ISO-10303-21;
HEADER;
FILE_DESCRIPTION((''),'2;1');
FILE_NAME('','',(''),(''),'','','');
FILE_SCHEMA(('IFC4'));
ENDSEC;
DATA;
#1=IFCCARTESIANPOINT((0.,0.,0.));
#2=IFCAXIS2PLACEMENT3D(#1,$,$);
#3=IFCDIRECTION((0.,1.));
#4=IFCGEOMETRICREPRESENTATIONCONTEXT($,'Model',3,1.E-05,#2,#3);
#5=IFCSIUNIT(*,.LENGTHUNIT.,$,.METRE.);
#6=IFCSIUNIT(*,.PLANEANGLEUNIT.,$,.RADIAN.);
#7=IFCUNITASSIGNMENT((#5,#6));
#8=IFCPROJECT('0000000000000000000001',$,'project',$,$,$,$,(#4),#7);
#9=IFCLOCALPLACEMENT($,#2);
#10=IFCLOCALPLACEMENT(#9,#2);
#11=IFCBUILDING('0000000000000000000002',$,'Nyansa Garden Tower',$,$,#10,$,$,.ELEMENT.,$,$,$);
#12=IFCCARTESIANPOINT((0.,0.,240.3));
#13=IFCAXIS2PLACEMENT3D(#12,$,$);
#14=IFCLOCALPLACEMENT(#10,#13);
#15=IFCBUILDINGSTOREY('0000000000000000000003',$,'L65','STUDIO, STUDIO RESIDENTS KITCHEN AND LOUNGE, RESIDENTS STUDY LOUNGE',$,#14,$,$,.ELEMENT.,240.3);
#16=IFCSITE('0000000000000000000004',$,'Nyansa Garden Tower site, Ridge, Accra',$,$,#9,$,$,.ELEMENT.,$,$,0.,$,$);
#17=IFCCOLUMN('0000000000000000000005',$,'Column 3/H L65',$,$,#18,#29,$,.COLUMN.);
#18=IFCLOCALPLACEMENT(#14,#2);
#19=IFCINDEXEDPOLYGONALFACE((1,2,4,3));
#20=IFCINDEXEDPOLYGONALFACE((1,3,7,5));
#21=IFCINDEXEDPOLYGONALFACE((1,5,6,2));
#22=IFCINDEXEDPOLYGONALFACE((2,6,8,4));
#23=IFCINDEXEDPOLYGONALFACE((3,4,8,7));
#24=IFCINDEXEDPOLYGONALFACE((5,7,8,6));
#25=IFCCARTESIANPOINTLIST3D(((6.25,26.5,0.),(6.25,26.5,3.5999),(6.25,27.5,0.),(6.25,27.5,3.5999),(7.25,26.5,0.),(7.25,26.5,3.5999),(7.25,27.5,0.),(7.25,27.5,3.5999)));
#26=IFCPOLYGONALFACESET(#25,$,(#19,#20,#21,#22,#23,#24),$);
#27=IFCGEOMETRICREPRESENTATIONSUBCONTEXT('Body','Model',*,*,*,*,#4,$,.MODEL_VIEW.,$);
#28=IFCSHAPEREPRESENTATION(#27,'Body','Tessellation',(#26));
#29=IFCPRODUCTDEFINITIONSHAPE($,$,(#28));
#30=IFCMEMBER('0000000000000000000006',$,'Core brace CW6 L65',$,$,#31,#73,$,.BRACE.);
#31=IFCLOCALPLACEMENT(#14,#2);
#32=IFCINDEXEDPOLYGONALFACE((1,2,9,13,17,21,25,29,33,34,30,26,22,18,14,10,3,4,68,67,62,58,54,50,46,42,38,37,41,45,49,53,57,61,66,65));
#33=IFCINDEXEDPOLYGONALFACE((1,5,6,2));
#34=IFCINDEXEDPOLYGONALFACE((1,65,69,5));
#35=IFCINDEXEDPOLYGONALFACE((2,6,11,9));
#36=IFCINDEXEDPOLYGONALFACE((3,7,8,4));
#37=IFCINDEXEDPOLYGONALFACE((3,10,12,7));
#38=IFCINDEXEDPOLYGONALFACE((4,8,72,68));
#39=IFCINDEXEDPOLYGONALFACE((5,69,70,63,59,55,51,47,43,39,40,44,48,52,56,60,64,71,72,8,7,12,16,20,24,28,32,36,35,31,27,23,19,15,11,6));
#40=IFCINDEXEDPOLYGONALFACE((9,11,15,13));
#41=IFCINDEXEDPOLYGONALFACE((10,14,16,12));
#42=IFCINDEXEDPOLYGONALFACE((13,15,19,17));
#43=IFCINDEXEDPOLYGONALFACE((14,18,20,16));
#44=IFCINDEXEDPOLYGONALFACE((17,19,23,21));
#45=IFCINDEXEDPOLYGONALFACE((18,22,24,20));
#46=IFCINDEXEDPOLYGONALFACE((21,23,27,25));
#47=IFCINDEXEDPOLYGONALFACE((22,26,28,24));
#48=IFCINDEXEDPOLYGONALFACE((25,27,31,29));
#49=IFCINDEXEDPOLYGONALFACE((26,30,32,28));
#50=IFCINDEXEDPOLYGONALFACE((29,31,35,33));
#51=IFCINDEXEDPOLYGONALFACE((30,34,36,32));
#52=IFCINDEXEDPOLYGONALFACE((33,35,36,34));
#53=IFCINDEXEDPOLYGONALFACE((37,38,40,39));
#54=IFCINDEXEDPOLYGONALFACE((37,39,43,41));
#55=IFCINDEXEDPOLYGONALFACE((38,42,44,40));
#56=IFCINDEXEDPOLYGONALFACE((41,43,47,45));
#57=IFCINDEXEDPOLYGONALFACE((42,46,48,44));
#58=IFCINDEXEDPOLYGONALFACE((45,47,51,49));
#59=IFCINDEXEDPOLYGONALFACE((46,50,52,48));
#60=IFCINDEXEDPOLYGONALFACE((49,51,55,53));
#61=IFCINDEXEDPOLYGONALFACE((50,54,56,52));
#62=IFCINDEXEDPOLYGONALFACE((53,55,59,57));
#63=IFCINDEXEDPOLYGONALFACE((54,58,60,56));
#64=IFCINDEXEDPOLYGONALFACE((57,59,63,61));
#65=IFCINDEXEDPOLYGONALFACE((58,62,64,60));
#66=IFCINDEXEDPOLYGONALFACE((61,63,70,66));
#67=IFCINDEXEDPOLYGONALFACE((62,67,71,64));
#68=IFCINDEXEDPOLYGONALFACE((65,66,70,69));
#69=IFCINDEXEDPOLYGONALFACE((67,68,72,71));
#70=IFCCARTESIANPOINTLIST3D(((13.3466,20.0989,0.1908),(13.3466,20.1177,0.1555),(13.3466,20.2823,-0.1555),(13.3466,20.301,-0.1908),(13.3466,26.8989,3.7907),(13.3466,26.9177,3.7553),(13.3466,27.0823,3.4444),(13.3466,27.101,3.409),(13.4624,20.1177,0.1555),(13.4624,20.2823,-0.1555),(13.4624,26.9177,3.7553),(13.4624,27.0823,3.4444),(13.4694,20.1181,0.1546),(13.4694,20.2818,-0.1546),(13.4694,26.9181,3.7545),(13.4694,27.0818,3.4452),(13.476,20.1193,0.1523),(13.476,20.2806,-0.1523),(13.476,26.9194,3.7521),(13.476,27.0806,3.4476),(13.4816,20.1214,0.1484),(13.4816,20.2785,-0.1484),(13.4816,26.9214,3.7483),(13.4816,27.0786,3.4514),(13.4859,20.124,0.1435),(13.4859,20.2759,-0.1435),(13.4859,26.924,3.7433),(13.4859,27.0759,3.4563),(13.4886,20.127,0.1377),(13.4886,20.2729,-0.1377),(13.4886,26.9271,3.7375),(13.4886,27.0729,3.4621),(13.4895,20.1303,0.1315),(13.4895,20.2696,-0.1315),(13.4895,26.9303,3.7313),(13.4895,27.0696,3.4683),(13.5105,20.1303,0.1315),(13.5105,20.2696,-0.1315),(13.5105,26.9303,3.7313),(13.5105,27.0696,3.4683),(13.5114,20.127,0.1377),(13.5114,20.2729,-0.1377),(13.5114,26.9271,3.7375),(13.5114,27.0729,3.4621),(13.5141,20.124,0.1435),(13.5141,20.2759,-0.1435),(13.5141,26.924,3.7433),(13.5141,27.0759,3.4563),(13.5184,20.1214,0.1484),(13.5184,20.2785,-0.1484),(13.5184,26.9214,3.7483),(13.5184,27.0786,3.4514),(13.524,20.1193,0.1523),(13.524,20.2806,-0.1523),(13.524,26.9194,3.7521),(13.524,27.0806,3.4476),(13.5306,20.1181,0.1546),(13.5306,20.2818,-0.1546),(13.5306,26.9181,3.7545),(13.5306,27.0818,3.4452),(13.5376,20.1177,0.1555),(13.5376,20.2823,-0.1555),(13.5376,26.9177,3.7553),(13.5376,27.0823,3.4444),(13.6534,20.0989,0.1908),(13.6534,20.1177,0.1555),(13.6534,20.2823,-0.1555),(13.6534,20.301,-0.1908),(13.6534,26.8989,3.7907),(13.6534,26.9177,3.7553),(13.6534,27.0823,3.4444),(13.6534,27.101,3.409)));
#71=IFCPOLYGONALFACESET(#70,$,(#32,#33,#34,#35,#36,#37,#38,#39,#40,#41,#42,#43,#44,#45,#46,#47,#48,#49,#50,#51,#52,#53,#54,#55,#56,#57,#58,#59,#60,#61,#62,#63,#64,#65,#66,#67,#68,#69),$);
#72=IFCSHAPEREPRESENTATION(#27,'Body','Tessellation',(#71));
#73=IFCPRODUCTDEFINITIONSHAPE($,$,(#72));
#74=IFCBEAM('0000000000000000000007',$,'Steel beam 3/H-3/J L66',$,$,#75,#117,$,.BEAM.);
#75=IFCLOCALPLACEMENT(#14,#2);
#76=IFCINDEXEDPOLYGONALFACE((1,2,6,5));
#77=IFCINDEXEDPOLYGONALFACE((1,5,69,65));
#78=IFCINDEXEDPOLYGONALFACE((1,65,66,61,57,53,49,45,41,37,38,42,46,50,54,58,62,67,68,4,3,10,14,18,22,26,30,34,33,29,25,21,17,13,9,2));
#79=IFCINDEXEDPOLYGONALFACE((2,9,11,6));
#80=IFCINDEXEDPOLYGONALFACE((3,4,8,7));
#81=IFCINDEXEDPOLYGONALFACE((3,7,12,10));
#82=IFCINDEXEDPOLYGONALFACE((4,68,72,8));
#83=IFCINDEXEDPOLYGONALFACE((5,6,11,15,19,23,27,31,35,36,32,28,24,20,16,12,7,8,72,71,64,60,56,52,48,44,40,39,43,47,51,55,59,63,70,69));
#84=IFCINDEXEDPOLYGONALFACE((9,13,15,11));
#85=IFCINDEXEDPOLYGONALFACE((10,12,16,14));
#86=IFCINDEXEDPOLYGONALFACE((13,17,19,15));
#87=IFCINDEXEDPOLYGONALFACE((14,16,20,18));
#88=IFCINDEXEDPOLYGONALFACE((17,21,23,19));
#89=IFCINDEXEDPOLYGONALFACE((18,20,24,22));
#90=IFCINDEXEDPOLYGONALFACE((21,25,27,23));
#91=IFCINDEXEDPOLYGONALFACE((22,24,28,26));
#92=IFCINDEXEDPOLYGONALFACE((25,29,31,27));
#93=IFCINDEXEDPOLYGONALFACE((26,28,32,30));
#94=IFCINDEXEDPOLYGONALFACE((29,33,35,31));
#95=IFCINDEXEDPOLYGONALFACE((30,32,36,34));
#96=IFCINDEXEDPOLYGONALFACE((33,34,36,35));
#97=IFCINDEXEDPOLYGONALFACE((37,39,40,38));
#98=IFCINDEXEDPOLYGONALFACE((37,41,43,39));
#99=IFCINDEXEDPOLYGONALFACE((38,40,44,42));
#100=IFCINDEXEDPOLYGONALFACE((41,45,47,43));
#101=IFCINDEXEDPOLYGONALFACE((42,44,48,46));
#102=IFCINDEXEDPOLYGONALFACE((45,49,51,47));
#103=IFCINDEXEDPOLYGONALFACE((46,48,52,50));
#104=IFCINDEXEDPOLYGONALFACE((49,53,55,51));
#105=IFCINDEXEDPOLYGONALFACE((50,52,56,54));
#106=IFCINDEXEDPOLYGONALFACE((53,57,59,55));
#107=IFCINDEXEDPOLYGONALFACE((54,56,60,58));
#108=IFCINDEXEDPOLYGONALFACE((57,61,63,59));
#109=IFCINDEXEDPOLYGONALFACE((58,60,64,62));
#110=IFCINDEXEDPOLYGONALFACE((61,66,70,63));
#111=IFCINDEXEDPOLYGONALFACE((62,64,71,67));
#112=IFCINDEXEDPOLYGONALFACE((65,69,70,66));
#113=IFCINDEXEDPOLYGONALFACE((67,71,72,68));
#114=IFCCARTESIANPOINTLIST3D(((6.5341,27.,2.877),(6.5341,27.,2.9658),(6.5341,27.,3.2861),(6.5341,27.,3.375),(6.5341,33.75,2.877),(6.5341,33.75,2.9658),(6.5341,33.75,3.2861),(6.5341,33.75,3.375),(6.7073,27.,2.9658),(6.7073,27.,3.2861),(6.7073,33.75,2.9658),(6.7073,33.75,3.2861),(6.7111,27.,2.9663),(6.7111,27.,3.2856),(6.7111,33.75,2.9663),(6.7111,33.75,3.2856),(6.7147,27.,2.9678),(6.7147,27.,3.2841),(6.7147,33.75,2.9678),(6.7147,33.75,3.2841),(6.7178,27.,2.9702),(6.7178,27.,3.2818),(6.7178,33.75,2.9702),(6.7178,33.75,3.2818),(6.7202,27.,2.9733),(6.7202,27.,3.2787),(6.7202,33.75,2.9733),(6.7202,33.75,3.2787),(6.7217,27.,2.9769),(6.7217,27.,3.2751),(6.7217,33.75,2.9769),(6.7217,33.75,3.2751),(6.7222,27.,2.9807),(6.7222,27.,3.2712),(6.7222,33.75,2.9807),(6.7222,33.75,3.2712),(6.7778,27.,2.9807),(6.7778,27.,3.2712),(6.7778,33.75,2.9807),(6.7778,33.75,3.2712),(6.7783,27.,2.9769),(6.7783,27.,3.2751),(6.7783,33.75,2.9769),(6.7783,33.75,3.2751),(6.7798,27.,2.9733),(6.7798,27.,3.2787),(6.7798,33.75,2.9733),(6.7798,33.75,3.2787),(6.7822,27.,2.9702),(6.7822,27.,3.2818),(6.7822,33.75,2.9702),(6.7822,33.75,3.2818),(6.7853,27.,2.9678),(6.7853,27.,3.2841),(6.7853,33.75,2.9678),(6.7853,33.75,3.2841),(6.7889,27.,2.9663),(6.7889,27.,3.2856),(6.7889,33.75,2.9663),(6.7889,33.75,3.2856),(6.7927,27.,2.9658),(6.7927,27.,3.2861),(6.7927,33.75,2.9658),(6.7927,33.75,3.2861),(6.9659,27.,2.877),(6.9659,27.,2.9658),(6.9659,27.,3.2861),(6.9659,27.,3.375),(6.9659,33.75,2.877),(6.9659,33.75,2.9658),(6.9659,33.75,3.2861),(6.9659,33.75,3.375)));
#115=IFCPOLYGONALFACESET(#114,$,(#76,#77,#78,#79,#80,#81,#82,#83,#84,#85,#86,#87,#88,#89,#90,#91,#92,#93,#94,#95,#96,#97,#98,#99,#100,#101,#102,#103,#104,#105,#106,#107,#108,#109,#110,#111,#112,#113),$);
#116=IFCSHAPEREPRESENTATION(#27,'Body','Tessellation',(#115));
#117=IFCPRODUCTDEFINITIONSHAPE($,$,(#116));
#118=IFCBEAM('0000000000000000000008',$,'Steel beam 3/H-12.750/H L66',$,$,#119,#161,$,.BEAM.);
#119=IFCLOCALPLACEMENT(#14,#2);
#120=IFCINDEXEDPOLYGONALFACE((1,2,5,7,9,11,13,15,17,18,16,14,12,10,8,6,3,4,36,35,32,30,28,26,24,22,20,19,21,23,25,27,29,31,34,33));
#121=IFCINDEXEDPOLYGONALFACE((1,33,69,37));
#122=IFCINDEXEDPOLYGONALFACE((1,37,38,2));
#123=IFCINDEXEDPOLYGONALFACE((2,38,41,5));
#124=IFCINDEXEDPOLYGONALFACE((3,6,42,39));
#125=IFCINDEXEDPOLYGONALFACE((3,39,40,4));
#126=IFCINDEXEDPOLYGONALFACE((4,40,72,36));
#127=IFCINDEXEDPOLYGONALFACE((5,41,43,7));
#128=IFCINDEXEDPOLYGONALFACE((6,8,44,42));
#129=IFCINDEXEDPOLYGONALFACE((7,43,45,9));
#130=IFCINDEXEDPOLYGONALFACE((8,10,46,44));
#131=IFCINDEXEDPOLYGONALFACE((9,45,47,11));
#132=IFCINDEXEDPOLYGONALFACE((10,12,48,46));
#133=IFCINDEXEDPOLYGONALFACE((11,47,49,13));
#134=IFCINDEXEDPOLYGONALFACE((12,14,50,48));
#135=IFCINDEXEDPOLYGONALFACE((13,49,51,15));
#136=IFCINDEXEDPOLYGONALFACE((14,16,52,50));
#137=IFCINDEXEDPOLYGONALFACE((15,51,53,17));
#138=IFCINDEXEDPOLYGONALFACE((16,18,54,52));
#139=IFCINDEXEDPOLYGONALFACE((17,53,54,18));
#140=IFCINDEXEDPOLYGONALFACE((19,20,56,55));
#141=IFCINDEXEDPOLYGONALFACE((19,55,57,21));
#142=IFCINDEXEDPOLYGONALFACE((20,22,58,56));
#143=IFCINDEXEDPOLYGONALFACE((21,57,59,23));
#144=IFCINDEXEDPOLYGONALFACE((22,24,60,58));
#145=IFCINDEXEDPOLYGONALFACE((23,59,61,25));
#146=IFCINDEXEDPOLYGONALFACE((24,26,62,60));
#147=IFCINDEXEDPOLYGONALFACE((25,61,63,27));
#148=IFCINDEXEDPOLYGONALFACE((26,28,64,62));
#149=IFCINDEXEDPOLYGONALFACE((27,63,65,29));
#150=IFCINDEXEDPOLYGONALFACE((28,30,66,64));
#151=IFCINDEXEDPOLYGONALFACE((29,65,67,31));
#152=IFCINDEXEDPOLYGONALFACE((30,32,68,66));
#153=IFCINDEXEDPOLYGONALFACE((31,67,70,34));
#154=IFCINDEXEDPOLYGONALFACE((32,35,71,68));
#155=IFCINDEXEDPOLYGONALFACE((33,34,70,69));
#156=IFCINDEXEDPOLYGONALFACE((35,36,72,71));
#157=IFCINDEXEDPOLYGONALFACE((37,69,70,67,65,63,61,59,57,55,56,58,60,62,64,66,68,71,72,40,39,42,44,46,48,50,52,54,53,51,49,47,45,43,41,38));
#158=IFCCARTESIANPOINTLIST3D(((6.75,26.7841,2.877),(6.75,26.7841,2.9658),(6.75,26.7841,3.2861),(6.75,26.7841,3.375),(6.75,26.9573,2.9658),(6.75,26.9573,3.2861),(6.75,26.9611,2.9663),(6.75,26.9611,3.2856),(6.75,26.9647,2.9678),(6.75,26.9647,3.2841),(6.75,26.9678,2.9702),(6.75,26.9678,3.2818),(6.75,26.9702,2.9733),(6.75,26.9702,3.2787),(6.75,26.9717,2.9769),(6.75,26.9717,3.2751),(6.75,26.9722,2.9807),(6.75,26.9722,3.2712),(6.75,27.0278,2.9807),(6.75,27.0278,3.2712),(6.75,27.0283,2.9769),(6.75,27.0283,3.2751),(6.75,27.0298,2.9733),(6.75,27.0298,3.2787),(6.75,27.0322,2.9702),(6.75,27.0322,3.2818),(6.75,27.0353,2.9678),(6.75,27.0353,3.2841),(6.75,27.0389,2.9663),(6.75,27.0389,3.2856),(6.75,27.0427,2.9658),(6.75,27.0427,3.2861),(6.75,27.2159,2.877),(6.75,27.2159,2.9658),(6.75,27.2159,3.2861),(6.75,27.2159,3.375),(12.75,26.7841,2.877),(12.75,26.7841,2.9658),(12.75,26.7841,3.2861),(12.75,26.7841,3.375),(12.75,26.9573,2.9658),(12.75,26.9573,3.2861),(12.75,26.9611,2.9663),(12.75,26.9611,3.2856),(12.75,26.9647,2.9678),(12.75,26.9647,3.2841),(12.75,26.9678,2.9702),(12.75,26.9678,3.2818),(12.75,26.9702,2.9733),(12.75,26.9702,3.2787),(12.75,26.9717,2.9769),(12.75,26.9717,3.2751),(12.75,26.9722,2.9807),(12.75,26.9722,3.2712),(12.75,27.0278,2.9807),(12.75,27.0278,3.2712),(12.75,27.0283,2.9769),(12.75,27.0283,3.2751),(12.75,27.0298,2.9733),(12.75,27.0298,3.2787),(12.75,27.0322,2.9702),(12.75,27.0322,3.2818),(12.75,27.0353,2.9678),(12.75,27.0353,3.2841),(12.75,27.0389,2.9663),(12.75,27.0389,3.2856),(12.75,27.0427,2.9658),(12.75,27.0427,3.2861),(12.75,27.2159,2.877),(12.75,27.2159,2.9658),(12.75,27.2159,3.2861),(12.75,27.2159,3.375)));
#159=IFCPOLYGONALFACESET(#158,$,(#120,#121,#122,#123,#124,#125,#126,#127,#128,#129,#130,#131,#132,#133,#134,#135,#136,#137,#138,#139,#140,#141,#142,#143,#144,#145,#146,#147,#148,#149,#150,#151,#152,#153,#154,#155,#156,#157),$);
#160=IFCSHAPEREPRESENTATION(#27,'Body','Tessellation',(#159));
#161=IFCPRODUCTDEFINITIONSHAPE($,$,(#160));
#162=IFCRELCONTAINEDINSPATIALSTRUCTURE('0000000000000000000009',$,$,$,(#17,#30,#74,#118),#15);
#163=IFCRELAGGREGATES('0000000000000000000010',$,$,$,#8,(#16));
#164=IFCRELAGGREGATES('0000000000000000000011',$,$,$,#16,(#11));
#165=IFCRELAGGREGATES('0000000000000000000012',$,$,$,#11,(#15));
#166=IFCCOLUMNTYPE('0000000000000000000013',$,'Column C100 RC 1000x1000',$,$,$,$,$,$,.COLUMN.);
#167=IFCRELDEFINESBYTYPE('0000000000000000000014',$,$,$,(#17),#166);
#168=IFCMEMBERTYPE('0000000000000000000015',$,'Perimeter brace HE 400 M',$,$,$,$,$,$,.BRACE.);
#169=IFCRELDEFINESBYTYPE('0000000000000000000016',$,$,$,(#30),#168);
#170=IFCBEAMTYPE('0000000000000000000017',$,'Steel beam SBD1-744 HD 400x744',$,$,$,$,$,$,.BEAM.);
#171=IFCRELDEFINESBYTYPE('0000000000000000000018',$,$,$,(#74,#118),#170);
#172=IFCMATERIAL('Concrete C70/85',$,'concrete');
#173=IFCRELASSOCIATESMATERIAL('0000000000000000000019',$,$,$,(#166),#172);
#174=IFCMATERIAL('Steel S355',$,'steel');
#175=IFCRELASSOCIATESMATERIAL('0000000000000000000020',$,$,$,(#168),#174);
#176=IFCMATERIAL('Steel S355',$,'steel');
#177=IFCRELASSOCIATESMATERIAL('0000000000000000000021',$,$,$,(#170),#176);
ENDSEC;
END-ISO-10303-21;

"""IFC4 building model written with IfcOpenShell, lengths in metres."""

from ifc_helpers import new_model, si_unit, direction, frame, origin, origin_2d, place, context, subcontext, project, spatial, rectangle, i_section, extrude, material, material_profile, profile_set, type_object, element, save


model = new_model("IFC4")

# Units and contexts
model_context = context("Model", 3, precision=1e-05, world=origin(), true_north=direction((0.0, 1.0)))
body_context = subcontext(model_context, "Body", "Model", "MODEL_VIEW")
ifc_project = project(units=[si_unit("LENGTHUNIT", "METRE"), si_unit("PLANEANGLEUNIT", "RADIAN")], contexts=[model_context])

# Site, building, storey
site_placement = place(None, origin())
site = spatial("IfcSite", under=ifc_project, at=site_placement, Name="Nyansa Garden Tower site, Ridge, Accra", CompositionType="ELEMENT", RefElevation=0.0)
building_placement = place(site_placement, origin())
building = spatial("IfcBuilding", under=site, at=building_placement, Name="Nyansa Garden Tower", CompositionType="ELEMENT")
storey_placement = place(building_placement, frame((0.0, 0.0, 240.3)))
storey = spatial("IfcBuildingStorey", under=building, at=storey_placement, Name="L65", Description="STUDIO, STUDIO RESIDENTS KITCHEN AND LOUNGE, RESIDENTS STUDY LOUNGE", CompositionType="ELEMENT", Elevation=240.3)

# Column
ifc_material_1 = material(Name="Concrete C70/85", Category="concrete")
ifc_material_profile_1 = material_profile(ifc_material_1, rectangle(XDim=1.0, YDim=1.0, at=origin_2d()), Name="RC 1000x1000")
ifc_profile_set_1 = profile_set([ifc_material_profile_1], Name="Concrete C70/85")
column_type = type_object("IfcColumnType", Name="Column C100 RC 1000x1000", PredefinedType="COLUMN", material=ifc_profile_set_1)
column_placement = place(storey_placement, frame((6.75, 27.0, 0.0), z_axis=(0.0, 0.0, 1.0), x_axis=(1.0, 0.0, 0.0)))
element("IfcColumn", 1, at=column_placement, inside=storey, type_object=column_type, Name="Column 3/H L65", PredefinedType="COLUMN", context=body_context, shape_type="SweptSolid", body=[
    extrude(rectangle(XDim=1.0, YDim=1.0, at=origin_2d()), origin(), (0.0, 0.0, 1.0), 3.5999),
])

# Member
ifc_material_2 = material(Name="Steel S355", Category="steel")
ifc_material_profile_2 = material_profile(ifc_material_2, i_section(OverallWidth=0.3069, OverallDepth=0.4319, WebThickness=0.021, FlangeThickness=0.04, FilletRadius=0.0271, at=origin_2d()), Name="HE 400 M")
ifc_profile_set_2 = profile_set([ifc_material_profile_2], Name="Steel S355")
member_type = type_object("IfcMemberType", Name="Perimeter brace HE 400 M", PredefinedType="BRACE", material=ifc_profile_set_2)
member_placement = place(storey_placement, frame((13.5, 20.2, 0.0), z_axis=(0.0, 0.883797, 0.46787), x_axis=(-1.0, 0.0, 0.0)))
element("IfcMember", 2, at=member_placement, inside=storey, type_object=member_type, Name="Core brace CW6 L65", PredefinedType="BRACE", context=body_context, shape_type="SweptSolid", body=[
    extrude(i_section(OverallWidth=0.3069, OverallDepth=0.4319, WebThickness=0.021, FlangeThickness=0.04, FilletRadius=0.0271, at=origin_2d()), origin(), (0.0, 0.0, 1.0), 7.6941),
])

# Beams
ifc_material_3 = material(Name="Steel S355", Category="steel")
ifc_material_profile_3 = material_profile(ifc_material_3, i_section(OverallWidth=0.4319, OverallDepth=0.498, WebThickness=0.0557, FlangeThickness=0.0889, FilletRadius=0.0149, at=origin_2d()), Name="HD 400x744")
ifc_profile_set_3 = profile_set([ifc_material_profile_3], Name="Steel S355")
beam_type_1 = type_object("IfcBeamType", Name="Steel beam SBD1-744 HD 400x744", PredefinedType="BEAM", material=ifc_profile_set_3)
beam_1_placement = place(storey_placement, frame((6.75, 27.0, 3.126), z_axis=(0.0, 1.0, 0.0), x_axis=(-1.0, 0.0, 0.0)))
element("IfcBeam", 3, at=beam_1_placement, inside=storey, type_object=beam_type_1, Name="Steel beam 3/H-3/J L66", PredefinedType="BEAM", context=body_context, shape_type="SweptSolid", body=[
    extrude(i_section(OverallWidth=0.4319, OverallDepth=0.498, WebThickness=0.0557, FlangeThickness=0.0889, FilletRadius=0.0149, at=origin_2d()), origin(), (0.0, 0.0, 1.0), 6.75),
])
beam_2_placement = place(storey_placement, frame((6.75, 27.0, 3.126), z_axis=(1.0, 0.0, 0.0), x_axis=(0.0, 1.0, 0.0)))
element("IfcBeam", 4, at=beam_2_placement, inside=storey, type_object=beam_type_1, Name="Steel beam 3/H-12.750/H L66", PredefinedType="BEAM", context=body_context, shape_type="SweptSolid", body=[
    extrude(i_section(OverallWidth=0.4319, OverallDepth=0.498, WebThickness=0.0557, FlangeThickness=0.0889, FilletRadius=0.0149, at=origin_2d()), origin(), (0.0, 0.0, 1.0), 6.0),
])

save(model, "model.ifc")
